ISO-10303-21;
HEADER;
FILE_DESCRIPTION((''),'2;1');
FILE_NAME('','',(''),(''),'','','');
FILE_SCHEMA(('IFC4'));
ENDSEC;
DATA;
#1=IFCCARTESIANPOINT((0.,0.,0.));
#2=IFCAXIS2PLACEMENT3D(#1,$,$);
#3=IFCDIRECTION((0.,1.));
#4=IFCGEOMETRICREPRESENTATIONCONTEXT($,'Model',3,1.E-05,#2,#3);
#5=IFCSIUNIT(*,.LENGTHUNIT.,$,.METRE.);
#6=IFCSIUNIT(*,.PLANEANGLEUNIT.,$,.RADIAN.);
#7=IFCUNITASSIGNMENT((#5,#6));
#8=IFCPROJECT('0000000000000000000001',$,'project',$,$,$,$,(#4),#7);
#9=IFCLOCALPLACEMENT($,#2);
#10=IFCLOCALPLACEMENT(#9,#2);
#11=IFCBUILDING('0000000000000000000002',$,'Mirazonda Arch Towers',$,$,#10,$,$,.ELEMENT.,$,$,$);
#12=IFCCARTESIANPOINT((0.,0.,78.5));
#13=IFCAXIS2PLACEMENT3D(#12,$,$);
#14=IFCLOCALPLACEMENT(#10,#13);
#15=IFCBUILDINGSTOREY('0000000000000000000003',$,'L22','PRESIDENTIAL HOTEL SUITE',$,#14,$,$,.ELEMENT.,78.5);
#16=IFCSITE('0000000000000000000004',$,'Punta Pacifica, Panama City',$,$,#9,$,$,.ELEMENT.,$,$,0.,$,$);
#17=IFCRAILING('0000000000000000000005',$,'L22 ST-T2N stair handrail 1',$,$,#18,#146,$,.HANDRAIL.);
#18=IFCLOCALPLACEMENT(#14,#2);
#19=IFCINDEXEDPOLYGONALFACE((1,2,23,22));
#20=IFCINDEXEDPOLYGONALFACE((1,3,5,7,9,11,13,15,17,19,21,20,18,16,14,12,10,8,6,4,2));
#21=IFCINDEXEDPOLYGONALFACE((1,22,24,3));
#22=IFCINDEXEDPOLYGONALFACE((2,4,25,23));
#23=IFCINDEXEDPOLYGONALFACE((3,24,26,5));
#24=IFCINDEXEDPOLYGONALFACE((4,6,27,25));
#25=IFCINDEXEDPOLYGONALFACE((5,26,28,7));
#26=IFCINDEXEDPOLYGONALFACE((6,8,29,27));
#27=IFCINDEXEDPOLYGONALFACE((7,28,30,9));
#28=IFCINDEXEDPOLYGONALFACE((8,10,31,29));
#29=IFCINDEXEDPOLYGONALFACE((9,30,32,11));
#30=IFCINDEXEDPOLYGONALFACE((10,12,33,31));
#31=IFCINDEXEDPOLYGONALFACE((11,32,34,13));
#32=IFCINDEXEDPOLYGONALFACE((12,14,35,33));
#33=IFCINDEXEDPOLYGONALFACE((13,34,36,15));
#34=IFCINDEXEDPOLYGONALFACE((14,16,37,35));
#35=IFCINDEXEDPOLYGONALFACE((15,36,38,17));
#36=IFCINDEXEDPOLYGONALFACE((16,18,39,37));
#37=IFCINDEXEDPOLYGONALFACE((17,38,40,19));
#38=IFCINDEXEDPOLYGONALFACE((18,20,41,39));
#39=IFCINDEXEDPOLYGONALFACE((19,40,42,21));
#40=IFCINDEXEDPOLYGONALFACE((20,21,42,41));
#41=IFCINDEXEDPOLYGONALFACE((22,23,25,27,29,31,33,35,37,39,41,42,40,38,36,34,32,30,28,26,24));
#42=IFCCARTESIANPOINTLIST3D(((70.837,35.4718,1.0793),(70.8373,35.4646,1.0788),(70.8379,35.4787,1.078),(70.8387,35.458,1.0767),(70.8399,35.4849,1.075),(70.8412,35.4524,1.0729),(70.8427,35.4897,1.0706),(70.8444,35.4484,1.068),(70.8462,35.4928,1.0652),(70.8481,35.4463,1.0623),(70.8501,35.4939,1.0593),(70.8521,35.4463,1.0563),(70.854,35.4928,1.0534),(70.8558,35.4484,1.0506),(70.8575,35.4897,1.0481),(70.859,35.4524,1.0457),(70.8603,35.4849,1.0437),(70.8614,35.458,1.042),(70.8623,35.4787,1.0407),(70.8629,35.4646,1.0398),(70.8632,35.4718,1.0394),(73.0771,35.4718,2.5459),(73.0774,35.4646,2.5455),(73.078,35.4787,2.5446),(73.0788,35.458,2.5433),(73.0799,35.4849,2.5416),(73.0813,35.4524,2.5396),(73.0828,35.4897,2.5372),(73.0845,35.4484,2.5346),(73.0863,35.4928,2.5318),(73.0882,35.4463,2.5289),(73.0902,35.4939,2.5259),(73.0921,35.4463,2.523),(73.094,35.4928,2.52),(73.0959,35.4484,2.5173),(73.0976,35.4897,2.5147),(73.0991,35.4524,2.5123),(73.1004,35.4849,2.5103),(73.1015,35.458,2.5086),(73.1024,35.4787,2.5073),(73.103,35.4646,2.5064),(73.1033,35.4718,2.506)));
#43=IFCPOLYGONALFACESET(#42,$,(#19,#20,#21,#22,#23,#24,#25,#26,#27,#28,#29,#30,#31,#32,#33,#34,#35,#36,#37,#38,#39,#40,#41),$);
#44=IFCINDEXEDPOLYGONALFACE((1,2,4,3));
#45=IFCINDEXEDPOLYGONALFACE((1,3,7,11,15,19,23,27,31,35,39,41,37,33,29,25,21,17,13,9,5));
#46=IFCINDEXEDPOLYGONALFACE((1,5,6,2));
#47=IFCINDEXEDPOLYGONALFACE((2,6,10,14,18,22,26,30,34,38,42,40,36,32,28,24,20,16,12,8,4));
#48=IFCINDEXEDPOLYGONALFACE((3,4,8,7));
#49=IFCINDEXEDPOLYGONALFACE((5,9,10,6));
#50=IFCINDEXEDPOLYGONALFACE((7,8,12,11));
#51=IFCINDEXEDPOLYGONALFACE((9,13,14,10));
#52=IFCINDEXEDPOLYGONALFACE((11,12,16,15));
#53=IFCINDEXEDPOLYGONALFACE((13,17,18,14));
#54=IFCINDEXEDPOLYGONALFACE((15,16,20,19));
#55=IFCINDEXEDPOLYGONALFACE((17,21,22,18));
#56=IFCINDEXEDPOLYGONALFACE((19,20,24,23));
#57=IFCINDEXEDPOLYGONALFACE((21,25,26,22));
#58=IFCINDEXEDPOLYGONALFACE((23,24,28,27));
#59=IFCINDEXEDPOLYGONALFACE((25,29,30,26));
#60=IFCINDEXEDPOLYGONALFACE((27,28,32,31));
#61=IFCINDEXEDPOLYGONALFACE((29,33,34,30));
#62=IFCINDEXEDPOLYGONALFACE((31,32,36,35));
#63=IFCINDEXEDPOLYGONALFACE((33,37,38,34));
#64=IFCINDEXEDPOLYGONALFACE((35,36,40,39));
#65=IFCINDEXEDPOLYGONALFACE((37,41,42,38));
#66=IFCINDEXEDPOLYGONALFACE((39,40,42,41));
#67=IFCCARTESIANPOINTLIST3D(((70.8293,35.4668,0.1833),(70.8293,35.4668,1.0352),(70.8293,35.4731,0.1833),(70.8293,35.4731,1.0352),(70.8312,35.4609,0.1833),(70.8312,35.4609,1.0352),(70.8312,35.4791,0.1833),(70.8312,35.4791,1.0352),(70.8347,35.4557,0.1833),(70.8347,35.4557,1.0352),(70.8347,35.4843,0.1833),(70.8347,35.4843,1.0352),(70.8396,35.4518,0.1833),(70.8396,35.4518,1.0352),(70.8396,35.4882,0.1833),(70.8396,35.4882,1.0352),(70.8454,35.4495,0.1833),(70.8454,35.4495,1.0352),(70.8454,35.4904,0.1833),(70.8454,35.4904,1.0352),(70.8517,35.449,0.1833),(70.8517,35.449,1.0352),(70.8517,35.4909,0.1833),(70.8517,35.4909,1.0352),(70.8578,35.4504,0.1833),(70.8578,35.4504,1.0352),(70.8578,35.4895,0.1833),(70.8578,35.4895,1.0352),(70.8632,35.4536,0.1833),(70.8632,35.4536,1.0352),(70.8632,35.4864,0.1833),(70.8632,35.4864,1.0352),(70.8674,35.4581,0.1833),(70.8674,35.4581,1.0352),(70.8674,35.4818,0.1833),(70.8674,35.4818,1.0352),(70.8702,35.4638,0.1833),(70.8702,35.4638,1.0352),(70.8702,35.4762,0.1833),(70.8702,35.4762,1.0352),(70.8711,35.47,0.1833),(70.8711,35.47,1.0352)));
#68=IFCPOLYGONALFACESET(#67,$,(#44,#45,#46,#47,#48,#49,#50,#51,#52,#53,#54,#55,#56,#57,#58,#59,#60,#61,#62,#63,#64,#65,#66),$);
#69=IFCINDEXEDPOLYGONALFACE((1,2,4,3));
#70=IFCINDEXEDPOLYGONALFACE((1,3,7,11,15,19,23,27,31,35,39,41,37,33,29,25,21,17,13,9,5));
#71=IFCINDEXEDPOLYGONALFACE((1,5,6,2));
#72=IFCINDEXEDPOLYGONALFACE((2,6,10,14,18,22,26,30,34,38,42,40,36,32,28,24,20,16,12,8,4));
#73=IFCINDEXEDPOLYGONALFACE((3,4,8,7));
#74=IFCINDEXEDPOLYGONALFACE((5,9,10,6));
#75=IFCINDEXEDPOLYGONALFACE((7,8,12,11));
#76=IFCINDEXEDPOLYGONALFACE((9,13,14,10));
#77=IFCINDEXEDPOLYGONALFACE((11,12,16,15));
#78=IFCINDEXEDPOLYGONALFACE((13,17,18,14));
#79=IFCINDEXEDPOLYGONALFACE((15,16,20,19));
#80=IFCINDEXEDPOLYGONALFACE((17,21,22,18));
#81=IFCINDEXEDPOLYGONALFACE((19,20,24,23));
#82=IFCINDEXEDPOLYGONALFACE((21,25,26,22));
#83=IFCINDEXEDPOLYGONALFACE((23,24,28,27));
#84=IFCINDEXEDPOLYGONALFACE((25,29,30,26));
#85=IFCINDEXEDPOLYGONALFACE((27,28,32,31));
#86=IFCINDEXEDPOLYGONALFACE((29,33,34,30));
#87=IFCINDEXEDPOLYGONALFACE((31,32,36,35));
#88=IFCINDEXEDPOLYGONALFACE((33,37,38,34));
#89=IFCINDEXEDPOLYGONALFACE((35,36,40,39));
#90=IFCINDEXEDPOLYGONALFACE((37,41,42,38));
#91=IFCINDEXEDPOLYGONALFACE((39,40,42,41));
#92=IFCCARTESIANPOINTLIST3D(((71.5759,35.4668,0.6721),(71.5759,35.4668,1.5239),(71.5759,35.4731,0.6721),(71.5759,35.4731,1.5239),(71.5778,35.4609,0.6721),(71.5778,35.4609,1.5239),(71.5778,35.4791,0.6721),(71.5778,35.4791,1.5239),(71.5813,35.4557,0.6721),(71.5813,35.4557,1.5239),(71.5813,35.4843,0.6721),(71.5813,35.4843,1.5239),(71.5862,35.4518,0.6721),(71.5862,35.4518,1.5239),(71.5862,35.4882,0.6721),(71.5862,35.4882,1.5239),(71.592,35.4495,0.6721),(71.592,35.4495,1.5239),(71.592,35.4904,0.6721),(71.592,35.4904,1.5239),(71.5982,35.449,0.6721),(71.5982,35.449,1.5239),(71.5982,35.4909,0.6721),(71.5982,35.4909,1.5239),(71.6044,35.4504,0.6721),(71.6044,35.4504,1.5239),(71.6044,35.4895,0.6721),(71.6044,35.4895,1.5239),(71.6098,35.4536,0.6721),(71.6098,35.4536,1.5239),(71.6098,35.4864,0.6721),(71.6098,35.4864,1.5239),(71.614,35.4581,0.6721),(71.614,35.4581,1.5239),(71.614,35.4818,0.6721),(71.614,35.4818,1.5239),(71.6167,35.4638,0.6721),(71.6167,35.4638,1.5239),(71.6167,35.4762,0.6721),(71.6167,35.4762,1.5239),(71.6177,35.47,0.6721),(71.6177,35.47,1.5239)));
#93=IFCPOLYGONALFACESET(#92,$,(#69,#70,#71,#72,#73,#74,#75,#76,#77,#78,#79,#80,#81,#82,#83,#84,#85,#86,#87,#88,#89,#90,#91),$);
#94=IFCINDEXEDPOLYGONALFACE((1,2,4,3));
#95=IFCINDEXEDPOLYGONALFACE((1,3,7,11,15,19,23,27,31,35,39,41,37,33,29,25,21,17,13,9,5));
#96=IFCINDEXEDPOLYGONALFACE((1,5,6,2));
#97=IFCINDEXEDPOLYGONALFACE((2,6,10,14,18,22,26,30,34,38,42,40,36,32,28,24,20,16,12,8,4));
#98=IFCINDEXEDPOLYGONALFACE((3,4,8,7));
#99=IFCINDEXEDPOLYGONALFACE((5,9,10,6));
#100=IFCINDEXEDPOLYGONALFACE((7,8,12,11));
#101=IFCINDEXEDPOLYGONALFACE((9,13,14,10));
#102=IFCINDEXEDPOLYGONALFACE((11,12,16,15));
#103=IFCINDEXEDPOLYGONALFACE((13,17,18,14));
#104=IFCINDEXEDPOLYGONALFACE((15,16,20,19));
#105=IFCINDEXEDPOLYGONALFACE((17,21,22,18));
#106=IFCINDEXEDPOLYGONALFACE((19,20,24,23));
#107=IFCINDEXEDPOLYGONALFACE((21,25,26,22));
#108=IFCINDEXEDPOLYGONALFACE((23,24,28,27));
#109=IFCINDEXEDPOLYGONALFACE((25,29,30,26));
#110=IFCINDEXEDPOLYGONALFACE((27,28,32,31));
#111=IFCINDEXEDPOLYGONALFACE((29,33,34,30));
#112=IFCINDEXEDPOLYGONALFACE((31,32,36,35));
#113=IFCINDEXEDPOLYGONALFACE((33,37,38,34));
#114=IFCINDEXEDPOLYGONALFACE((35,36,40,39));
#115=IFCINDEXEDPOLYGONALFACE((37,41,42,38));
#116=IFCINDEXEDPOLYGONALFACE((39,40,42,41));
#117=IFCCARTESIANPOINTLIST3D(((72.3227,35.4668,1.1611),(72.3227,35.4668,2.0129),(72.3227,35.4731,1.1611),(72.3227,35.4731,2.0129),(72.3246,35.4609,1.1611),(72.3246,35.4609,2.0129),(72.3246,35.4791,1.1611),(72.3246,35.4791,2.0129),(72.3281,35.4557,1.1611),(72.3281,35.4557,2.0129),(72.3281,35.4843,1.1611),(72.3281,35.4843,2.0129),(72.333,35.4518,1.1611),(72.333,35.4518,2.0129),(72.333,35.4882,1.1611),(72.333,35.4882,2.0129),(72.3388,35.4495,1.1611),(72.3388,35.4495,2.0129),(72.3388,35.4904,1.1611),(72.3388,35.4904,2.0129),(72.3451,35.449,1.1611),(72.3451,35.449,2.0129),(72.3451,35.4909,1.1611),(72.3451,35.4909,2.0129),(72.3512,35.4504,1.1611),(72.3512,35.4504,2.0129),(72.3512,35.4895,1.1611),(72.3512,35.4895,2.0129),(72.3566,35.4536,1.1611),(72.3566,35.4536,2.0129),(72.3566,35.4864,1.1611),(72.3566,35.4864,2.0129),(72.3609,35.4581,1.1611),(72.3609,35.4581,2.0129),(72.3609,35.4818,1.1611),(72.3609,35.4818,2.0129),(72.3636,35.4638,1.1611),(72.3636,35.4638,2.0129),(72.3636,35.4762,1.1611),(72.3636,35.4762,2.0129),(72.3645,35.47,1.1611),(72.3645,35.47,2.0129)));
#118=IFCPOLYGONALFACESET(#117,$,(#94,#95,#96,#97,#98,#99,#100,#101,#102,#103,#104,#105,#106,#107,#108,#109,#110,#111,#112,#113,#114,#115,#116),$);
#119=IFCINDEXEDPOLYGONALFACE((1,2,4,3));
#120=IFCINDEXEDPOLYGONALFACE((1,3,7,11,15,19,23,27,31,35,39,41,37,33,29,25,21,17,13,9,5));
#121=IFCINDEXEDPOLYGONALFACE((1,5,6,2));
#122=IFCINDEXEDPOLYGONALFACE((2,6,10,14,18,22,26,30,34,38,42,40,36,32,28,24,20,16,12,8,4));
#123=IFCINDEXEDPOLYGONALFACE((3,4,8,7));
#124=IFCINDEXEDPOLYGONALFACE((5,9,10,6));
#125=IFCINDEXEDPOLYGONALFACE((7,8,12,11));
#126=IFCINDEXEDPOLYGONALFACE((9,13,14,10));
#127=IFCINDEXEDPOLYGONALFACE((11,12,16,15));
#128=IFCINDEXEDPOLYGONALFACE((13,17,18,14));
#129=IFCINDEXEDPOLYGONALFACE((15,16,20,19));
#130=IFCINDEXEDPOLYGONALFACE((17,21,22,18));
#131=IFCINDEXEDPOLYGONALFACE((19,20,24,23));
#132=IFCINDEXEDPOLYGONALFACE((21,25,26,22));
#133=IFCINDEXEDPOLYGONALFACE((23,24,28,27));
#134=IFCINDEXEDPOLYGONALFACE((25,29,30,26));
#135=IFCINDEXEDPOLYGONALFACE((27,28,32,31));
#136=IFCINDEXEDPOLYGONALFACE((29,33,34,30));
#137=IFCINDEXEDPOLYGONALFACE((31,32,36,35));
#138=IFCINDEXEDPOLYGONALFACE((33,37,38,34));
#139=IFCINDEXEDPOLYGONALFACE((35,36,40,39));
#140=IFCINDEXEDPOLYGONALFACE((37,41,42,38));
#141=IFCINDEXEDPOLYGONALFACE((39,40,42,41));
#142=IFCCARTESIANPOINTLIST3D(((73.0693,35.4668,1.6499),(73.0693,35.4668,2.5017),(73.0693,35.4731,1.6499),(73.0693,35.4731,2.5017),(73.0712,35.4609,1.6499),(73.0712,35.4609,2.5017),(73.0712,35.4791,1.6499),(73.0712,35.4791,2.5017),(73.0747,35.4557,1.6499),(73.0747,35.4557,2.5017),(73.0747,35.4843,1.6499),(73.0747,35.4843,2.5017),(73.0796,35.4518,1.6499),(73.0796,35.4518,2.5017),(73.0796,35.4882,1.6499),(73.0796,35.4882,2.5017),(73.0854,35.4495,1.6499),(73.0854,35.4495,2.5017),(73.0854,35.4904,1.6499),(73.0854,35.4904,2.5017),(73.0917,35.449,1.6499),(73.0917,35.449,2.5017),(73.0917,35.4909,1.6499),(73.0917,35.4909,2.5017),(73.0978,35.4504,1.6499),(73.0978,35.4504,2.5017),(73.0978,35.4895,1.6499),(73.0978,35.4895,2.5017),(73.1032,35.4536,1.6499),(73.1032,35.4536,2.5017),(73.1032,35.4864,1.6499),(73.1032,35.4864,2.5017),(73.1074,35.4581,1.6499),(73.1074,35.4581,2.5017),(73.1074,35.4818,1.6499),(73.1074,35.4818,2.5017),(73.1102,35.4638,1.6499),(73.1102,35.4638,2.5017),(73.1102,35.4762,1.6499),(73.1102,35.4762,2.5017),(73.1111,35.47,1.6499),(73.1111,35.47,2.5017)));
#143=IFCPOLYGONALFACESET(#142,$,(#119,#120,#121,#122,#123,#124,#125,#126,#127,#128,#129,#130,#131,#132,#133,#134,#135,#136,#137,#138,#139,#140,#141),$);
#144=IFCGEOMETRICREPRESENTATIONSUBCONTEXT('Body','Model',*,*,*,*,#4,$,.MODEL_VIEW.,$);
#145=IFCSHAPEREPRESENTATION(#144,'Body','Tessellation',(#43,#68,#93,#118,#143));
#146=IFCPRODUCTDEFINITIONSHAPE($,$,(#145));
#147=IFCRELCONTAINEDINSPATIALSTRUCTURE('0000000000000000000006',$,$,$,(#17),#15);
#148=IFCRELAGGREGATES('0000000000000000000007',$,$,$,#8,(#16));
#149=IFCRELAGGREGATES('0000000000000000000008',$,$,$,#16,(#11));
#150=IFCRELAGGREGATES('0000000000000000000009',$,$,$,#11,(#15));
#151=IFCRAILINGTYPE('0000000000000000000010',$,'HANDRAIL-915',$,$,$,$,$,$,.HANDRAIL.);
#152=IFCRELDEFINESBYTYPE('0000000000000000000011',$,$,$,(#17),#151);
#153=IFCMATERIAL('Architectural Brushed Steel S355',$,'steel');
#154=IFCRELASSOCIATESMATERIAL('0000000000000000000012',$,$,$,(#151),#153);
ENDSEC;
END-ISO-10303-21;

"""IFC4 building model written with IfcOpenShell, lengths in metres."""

from ifc_helpers import new_model, si_unit, direction, frame, origin, origin_2d, place, context, subcontext, project, spatial, circle, extrude, material, type_object, element, save


model = new_model("IFC4")

# Units and contexts
model_context = context("Model", 3, precision=1e-05, world=origin(), true_north=direction((0.0, 1.0)))
body_context = subcontext(model_context, "Body", "Model", "MODEL_VIEW")
ifc_project = project(units=[si_unit("LENGTHUNIT", "METRE"), si_unit("PLANEANGLEUNIT", "RADIAN")], contexts=[model_context])

# Site, building, storey
site_placement = place(None, origin())
site = spatial("IfcSite", under=ifc_project, at=site_placement, Name="Punta Pacifica, Panama City", CompositionType="ELEMENT", RefElevation=0.0)
building_placement = place(site_placement, origin())
building = spatial("IfcBuilding", under=site, at=building_placement, Name="Mirazonda Arch Towers", CompositionType="ELEMENT")
storey_placement = place(building_placement, frame((0.0, 0.0, 78.5)))
storey = spatial("IfcBuildingStorey", under=building, at=storey_placement, Name="L22", Description="PRESIDENTIAL HOTEL SUITE", CompositionType="ELEMENT", Elevation=78.5)

# Shared definitions
ifc_material_1 = material(Name="Architectural Brushed Steel S355", Category="steel")

# Railing
railing_type = type_object("IfcRailingType", Name="HANDRAIL-915", PredefinedType="HANDRAIL", material=ifc_material_1)
railing_placement = place(storey_placement, frame((70.8501, 35.47, 0.1833)))
element("IfcRailing", 1, at=railing_placement, inside=storey, type_object=railing_type, Name="L22 ST-T2N stair handrail 1", PredefinedType="HANDRAIL", context=body_context, shape_type="SweptSolid", body=[
    extrude(circle(Radius=0.0239, at=origin_2d()), frame((0.0, 0.0, 0.876), z_axis=(0.836637, 0.0, 0.547758), x_axis=(0.0, 1.0, 0.0)), (0.0, 0.0, 1.0), 2.6775),
    extrude(circle(Radius=0.021, at=origin_2d()), origin(), (0.0, 0.0, 1.0), 0.8518),
    extrude(circle(Radius=0.021, at=origin_2d()), frame((0.7466, 0.0, 0.4888)), (0.0, 0.0, 1.0), 0.8518),
    extrude(circle(Radius=0.021, at=origin_2d()), frame((1.4934, 0.0, 0.9778)), (0.0, 0.0, 1.0), 0.8518),
    extrude(circle(Radius=0.021, at=origin_2d()), frame((2.24, 0.0, 1.4666)), (0.0, 0.0, 1.0), 0.8518),
])

save(model, "model.ifc")
